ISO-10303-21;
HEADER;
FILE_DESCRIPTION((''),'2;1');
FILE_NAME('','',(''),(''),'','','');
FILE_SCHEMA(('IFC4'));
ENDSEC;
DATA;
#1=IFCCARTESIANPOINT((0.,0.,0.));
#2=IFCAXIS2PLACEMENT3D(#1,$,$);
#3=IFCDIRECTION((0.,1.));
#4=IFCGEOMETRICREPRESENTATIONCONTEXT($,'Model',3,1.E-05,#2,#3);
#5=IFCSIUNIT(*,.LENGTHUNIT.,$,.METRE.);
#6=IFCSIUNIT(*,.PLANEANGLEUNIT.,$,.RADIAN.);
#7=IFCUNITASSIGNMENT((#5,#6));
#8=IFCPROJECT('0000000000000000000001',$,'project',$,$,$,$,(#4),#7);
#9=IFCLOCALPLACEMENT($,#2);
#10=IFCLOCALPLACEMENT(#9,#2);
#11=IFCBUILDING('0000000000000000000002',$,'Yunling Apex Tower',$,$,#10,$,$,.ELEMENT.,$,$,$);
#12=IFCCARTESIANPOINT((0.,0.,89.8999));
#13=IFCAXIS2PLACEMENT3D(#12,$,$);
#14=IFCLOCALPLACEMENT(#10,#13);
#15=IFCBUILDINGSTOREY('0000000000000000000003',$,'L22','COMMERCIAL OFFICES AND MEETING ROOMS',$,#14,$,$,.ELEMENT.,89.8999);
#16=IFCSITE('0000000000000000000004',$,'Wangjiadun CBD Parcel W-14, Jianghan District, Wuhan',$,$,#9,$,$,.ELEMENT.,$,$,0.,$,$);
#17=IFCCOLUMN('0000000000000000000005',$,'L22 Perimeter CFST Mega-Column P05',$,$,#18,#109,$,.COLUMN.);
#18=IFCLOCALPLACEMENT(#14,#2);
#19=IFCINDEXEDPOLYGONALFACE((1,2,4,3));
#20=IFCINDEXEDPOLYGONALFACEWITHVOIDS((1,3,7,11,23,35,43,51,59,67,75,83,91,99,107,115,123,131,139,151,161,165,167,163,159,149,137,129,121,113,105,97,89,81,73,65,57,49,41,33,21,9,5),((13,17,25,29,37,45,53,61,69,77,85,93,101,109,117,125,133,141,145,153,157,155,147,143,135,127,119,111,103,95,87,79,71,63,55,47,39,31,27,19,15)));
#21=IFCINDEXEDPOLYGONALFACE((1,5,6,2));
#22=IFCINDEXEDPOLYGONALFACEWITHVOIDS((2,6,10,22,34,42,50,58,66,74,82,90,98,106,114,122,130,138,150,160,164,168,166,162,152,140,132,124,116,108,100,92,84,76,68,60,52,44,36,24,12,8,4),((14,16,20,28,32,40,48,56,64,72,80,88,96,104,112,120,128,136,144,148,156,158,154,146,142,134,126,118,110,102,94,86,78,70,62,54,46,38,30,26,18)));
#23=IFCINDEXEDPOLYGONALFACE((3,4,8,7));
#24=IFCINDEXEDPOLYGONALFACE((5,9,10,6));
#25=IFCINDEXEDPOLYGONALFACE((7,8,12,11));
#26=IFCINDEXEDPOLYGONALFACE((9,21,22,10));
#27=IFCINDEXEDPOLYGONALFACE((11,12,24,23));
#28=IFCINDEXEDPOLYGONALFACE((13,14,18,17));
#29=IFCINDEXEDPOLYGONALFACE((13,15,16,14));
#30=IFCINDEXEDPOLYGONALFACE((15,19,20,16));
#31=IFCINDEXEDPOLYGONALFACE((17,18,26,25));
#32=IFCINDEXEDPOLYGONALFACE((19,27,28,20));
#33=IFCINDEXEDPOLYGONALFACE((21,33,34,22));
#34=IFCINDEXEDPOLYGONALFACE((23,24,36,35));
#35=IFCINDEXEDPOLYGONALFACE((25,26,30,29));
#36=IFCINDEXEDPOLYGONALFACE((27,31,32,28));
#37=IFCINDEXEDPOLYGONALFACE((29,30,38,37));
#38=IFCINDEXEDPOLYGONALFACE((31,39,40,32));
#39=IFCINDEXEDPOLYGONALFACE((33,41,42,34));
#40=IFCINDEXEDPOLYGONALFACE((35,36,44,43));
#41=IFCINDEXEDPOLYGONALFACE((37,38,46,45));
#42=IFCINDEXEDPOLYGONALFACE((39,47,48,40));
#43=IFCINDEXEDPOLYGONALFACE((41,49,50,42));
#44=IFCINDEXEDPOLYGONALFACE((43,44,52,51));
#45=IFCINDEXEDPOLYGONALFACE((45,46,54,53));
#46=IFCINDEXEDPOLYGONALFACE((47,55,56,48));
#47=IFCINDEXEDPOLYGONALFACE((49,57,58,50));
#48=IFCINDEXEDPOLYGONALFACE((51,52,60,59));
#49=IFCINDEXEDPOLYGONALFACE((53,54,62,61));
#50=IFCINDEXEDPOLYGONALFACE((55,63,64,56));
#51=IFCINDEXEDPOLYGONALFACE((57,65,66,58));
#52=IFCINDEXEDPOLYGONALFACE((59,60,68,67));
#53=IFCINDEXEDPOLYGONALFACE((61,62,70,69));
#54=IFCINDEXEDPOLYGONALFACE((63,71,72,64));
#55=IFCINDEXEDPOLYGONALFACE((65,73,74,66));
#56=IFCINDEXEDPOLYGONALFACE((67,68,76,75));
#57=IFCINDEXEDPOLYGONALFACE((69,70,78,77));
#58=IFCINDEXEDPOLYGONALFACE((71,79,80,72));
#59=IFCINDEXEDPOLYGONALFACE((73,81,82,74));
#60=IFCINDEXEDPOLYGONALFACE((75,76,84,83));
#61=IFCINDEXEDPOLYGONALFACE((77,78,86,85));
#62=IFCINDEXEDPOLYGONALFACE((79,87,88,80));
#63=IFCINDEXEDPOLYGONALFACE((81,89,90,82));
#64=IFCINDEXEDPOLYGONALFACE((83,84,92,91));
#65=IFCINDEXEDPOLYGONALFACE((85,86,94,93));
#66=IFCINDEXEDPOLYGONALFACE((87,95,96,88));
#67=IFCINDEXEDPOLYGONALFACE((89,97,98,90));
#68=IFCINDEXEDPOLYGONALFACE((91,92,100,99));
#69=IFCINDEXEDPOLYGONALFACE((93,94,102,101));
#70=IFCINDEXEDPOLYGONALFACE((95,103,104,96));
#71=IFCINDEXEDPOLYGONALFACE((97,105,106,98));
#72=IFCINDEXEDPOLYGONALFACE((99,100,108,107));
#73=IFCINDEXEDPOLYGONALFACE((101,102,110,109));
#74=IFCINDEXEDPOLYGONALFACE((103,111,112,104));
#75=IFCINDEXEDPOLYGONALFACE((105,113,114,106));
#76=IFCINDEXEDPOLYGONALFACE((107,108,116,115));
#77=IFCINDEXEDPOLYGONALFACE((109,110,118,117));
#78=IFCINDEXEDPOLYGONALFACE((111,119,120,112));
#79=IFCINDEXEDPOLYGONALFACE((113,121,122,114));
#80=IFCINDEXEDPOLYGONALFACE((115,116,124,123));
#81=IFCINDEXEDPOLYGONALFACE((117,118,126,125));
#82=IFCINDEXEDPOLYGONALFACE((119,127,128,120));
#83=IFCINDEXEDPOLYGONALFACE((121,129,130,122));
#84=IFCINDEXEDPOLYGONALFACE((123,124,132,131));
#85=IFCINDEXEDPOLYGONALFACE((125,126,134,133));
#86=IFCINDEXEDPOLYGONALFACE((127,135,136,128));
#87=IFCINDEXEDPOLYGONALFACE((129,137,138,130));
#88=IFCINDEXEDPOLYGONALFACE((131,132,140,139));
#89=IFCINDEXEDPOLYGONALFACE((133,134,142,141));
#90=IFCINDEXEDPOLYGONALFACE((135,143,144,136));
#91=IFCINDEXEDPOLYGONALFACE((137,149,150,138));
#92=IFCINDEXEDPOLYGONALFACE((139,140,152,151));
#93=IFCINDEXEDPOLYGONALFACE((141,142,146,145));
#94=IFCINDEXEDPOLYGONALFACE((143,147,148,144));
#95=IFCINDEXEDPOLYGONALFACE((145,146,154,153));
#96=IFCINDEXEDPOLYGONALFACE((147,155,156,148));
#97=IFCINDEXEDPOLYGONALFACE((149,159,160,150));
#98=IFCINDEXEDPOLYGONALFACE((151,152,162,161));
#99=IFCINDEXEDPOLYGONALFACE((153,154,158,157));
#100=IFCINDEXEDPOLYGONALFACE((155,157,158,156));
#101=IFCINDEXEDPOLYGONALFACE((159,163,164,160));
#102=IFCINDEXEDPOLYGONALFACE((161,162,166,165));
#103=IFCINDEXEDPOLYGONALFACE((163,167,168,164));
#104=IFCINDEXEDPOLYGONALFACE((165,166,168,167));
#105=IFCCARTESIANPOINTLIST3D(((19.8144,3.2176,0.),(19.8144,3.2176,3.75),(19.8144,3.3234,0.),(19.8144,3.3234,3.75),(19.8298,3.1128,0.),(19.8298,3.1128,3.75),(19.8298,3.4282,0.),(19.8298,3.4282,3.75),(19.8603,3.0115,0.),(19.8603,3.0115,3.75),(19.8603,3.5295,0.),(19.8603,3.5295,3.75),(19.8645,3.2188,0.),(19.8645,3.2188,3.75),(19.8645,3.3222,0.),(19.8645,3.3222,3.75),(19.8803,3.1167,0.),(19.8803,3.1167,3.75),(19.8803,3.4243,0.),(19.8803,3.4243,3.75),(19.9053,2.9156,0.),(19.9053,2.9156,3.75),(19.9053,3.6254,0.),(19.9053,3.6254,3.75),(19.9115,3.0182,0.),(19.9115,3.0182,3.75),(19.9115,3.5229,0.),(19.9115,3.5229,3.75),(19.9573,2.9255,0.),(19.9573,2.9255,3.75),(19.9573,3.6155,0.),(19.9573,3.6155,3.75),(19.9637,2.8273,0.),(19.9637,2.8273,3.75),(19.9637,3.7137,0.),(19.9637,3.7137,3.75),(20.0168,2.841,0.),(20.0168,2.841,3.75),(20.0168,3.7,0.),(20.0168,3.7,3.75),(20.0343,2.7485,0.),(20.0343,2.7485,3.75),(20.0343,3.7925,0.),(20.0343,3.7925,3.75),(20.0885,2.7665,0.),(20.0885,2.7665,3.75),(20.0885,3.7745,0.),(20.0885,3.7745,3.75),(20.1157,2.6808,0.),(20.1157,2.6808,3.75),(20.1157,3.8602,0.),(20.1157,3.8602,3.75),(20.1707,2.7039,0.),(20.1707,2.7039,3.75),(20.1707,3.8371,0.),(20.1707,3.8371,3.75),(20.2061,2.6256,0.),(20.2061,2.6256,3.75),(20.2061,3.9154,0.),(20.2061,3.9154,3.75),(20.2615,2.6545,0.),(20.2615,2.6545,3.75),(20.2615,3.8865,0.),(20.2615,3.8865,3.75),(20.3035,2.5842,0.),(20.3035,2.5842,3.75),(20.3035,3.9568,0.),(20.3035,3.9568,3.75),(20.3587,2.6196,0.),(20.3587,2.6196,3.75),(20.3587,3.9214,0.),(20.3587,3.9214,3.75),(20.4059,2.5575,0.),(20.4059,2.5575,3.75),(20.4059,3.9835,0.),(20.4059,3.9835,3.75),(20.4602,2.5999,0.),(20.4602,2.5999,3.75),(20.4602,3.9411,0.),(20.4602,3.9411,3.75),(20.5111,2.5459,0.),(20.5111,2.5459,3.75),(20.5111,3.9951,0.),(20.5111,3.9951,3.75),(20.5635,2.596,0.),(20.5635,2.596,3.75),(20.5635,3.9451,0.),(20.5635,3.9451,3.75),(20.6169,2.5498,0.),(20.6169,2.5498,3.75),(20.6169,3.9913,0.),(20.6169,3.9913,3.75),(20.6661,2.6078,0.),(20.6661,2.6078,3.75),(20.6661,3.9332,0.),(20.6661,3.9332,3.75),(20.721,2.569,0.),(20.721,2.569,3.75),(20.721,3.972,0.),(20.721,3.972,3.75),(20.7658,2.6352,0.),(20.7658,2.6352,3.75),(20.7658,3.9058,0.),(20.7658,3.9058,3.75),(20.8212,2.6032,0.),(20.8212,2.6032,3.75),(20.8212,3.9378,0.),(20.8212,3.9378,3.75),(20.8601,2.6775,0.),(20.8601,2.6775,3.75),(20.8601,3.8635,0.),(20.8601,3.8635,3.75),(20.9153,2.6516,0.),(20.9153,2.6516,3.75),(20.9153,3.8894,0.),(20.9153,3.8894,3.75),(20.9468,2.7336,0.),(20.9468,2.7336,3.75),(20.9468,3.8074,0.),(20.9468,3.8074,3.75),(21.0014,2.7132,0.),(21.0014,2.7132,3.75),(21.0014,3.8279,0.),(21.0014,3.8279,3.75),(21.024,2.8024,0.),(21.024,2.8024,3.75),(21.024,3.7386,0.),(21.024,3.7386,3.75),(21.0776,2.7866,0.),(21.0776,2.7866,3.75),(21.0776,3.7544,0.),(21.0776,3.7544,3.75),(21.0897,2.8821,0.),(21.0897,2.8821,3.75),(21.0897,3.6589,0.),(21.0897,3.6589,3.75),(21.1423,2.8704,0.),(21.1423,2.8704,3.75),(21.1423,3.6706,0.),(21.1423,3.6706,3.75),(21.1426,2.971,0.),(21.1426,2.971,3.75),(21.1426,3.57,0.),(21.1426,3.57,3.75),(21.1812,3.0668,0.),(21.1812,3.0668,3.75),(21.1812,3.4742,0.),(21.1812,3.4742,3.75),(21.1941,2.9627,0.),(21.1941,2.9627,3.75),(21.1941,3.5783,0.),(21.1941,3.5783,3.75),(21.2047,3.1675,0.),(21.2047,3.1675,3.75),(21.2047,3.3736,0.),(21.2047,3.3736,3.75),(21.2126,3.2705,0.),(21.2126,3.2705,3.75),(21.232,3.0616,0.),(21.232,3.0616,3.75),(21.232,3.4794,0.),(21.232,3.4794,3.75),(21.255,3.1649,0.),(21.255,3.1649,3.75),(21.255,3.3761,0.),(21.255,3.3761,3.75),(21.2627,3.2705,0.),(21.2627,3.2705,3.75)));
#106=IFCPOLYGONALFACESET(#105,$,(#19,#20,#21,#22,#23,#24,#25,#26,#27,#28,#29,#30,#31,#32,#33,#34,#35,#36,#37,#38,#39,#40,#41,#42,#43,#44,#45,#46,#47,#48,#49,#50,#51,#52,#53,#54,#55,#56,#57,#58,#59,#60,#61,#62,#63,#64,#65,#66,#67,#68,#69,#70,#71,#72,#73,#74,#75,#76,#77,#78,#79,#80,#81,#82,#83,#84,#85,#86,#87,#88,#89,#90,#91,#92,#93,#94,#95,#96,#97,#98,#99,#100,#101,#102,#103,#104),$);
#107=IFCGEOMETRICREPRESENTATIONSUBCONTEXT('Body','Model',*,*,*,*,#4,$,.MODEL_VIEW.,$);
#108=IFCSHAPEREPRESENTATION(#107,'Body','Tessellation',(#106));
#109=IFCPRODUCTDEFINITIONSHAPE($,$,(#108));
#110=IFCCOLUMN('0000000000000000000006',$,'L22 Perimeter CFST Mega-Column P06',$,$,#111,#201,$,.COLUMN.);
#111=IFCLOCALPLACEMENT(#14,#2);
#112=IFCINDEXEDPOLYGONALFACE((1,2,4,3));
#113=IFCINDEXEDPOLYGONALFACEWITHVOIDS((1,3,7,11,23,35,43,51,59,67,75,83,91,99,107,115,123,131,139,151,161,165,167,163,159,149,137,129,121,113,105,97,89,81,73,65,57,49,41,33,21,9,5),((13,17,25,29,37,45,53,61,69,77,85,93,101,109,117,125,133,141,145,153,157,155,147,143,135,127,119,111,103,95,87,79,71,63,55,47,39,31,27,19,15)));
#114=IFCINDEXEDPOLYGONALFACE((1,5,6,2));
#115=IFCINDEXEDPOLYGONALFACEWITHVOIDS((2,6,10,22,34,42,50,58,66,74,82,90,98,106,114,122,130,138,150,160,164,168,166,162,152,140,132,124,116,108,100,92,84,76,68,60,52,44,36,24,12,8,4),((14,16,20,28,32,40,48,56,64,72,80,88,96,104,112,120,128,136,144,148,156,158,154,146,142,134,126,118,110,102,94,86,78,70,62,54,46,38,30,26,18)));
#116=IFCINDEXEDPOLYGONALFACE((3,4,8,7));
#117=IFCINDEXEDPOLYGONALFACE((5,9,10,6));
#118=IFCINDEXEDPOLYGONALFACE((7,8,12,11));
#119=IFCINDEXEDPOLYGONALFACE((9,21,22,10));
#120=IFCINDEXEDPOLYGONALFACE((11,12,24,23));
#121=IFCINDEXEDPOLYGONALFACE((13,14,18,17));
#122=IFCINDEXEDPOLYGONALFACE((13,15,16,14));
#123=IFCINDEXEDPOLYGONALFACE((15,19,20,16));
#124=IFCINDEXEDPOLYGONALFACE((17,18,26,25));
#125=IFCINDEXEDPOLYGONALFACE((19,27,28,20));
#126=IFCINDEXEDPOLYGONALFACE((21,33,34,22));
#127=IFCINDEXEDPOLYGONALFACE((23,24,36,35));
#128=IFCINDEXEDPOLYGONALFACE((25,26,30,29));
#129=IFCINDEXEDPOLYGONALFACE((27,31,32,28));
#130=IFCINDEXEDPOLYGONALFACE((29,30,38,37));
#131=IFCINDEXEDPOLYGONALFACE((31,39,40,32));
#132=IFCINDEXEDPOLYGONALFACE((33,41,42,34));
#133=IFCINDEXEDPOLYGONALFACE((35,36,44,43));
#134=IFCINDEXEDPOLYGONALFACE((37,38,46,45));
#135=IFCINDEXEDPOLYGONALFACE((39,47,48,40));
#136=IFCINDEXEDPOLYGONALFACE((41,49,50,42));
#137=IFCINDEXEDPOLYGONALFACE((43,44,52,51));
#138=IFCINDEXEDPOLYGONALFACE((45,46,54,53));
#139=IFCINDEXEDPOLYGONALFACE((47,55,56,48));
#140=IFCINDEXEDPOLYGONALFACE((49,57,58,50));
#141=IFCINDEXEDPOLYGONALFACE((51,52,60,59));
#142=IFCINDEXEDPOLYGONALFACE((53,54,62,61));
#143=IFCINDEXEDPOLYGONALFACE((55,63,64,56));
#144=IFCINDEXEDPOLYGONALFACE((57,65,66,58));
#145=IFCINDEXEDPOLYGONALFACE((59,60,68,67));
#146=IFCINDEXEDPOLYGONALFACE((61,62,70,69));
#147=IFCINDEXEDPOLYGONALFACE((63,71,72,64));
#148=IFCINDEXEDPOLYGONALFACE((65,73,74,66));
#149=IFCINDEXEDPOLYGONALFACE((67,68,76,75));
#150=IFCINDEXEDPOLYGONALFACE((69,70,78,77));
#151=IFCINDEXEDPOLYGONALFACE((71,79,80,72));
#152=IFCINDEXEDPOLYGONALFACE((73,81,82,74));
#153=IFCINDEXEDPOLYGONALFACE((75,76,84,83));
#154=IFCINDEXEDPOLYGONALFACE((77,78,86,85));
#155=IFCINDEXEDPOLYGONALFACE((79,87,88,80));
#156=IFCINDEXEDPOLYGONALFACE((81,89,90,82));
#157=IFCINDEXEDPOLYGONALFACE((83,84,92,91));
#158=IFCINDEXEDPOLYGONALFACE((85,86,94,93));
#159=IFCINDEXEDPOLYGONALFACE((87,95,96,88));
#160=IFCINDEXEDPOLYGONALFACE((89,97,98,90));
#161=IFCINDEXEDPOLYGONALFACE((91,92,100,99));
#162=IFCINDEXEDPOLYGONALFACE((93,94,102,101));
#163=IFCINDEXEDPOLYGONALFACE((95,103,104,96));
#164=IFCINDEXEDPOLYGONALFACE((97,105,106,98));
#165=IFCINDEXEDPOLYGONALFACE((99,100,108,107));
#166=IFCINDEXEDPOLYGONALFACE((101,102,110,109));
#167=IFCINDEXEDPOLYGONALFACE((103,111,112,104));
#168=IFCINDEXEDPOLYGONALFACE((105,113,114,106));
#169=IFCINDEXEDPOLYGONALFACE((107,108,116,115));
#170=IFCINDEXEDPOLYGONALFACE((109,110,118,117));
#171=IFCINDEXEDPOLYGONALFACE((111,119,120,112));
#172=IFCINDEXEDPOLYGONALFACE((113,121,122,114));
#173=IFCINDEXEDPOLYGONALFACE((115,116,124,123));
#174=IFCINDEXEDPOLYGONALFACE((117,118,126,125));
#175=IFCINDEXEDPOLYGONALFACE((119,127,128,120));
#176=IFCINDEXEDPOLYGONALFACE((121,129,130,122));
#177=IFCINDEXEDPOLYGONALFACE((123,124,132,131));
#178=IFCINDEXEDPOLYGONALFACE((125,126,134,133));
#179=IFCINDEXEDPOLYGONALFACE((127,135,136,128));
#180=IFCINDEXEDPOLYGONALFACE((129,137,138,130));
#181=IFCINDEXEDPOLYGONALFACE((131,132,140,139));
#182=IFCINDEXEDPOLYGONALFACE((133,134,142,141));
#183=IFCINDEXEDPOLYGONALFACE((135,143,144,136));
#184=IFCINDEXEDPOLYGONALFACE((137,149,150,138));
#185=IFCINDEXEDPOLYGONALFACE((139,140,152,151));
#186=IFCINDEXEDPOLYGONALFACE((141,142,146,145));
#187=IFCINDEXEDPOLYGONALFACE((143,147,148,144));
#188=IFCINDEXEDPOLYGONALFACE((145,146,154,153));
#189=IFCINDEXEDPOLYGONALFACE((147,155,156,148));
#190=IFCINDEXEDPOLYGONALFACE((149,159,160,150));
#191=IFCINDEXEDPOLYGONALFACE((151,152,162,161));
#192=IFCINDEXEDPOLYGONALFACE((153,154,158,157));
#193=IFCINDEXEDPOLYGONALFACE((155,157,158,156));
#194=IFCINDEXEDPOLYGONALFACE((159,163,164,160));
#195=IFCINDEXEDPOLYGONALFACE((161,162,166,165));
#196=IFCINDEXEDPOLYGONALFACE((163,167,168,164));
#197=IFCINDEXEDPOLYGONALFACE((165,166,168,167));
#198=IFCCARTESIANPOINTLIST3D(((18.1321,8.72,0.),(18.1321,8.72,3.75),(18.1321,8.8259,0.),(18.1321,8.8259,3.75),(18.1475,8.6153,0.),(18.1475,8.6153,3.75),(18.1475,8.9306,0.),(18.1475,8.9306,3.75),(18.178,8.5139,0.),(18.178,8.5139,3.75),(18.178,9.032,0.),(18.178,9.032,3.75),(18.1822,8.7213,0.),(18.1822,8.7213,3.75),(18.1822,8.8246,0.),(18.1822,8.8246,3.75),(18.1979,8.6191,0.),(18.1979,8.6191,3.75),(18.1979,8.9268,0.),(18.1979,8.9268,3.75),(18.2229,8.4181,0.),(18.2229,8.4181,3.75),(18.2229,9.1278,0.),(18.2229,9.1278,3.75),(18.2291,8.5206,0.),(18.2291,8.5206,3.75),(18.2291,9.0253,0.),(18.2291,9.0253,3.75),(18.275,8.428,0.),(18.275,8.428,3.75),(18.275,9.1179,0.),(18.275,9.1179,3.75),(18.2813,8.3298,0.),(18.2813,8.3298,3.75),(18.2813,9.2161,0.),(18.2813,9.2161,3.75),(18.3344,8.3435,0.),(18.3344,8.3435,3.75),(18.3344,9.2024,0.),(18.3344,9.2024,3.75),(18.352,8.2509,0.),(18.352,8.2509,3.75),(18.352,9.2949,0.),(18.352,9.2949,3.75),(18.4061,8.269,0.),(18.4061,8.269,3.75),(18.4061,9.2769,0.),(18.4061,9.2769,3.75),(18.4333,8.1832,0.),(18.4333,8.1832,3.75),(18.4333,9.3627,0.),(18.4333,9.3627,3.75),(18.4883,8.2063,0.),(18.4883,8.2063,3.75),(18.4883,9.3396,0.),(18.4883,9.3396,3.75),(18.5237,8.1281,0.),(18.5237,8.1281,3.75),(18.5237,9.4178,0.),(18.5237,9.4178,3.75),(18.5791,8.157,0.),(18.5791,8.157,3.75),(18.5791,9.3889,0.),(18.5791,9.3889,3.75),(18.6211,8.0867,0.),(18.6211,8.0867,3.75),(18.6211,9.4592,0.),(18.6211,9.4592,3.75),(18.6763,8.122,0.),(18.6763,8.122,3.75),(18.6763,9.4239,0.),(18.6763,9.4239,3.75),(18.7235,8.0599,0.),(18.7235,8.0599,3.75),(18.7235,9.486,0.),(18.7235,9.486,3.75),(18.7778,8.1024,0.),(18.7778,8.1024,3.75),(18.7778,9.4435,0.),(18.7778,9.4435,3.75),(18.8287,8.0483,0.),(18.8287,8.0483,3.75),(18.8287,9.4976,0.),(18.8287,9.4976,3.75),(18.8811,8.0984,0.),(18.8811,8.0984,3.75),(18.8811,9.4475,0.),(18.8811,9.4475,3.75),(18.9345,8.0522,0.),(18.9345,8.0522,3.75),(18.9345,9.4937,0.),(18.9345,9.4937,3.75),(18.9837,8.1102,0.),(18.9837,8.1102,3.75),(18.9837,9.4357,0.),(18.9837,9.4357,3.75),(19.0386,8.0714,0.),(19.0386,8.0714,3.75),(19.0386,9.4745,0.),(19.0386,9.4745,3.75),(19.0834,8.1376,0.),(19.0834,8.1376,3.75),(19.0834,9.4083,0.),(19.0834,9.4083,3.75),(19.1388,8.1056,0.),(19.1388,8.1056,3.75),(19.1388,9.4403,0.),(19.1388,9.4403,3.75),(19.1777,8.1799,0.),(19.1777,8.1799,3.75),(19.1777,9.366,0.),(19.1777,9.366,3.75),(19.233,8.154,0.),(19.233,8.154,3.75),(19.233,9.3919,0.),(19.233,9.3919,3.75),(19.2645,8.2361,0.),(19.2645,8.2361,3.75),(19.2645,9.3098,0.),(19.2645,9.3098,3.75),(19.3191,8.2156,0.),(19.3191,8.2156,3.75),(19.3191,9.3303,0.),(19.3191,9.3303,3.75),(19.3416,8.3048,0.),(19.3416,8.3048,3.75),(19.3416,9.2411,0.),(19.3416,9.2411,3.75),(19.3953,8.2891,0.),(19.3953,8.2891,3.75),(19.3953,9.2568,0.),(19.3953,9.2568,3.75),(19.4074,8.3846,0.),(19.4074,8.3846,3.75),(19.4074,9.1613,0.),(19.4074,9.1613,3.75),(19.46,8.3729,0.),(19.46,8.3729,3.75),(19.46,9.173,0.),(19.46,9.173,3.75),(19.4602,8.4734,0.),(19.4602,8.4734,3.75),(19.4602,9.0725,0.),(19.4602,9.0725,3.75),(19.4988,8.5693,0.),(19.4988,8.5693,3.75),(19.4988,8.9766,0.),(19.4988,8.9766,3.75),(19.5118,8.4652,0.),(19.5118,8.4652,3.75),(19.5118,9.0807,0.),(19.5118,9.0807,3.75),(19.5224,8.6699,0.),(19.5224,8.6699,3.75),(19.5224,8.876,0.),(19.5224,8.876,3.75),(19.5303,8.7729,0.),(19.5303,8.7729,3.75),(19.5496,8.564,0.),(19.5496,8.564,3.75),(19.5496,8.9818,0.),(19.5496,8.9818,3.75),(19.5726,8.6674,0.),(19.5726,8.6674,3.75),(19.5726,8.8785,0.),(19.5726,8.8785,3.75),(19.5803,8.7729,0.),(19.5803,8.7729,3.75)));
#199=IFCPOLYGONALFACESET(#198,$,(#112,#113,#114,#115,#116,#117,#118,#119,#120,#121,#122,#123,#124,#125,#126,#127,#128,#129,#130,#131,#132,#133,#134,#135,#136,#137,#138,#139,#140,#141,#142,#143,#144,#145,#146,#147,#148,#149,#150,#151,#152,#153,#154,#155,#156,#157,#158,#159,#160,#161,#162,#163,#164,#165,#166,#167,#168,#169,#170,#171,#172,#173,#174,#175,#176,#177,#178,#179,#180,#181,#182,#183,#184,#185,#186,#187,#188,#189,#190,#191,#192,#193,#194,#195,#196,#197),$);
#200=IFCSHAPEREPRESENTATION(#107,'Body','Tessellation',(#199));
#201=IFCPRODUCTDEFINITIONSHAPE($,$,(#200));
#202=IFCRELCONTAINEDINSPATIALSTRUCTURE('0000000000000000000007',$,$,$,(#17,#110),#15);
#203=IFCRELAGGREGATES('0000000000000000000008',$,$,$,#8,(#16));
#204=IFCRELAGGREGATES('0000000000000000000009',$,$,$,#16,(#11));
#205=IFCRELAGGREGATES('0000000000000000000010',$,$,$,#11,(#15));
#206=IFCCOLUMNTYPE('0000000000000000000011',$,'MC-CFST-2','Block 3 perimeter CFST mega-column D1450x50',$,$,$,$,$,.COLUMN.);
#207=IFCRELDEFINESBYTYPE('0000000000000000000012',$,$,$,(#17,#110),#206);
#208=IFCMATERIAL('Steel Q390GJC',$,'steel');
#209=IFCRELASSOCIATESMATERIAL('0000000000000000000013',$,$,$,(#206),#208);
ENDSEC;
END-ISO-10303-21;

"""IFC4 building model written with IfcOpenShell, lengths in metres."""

from ifc_helpers import new_model, si_unit, direction, frame, origin, origin_2d, place, context, subcontext, project, spatial, hollow_circle, extrude, source, transform, mapped, material, material_profile, profile_set, type_object, element, save


model = new_model("IFC4")

# Units and contexts
model_context = context("Model", 3, precision=1e-05, world=origin(), true_north=direction((0.0, 1.0)))
body_context = subcontext(model_context, "Body", "Model", "MODEL_VIEW")
ifc_project = project(units=[si_unit("LENGTHUNIT", "METRE"), si_unit("PLANEANGLEUNIT", "RADIAN")], contexts=[model_context])

# Site, building, storey
site_placement = place(None, origin())
site = spatial("IfcSite", under=ifc_project, at=site_placement, Name="Wangjiadun CBD Parcel W-14, Jianghan District, Wuhan", CompositionType="ELEMENT", RefElevation=0.0)
building_placement = place(site_placement, origin())
building = spatial("IfcBuilding", under=site, at=building_placement, Name="Yunling Apex Tower", CompositionType="ELEMENT")
storey_placement = place(building_placement, frame((0.0, 0.0, 89.8999)))
storey = spatial("IfcBuildingStorey", under=building, at=storey_placement, Name="L22", Description="COMMERCIAL OFFICES AND MEETING ROOMS", CompositionType="ELEMENT", Elevation=89.8999)

# Columns
ifc_material_1 = material(Name="Steel Q390GJC", Category="steel")
ifc_material_profile_1 = material_profile(ifc_material_1, hollow_circle(Radius=0.7251, WallThickness=0.05, at=origin_2d()))
ifc_profile_set_1 = profile_set([ifc_material_profile_1], Name="Steel Q390GJC")
column_type = type_object("IfcColumnType", Name="MC-CFST-2", Description="Block 3 perimeter CFST mega-column D1450x50", PredefinedType="COLUMN", material=ifc_profile_set_1)
shared_shape_1 = source(origin(), body_context, "Body", "SweptSolid", [
    extrude(hollow_circle(Radius=0.7251, WallThickness=0.05, at=origin_2d()), origin(), (0.0, 0.0, 1.0), 3.75),
])
for number, where, z_axis, x_axis, name in (
    (1, (20.5376, 3.2705, 0.0), (0.0, 0.0, 1.0), (1.0, 0.0, 0.0), "L22 Perimeter CFST Mega-Column P05"),
    (2, (18.8552, 8.7729, 0.0), (0.0, 0.0, 1.0), (1.0, 0.0, 0.0), "L22 Perimeter CFST Mega-Column P06"),
):
    element("IfcColumn", number, at=place(storey_placement, frame(where, z_axis=z_axis, x_axis=x_axis)), inside=storey, type_object=column_type, Name=name, PredefinedType="COLUMN", context=body_context, shape_type="MappedRepresentation", body=[
        mapped(shared_shape_1, transform((0.0, 0.0, 0.0), scale=1.0)),
    ])

save(model, "model.ifc")
